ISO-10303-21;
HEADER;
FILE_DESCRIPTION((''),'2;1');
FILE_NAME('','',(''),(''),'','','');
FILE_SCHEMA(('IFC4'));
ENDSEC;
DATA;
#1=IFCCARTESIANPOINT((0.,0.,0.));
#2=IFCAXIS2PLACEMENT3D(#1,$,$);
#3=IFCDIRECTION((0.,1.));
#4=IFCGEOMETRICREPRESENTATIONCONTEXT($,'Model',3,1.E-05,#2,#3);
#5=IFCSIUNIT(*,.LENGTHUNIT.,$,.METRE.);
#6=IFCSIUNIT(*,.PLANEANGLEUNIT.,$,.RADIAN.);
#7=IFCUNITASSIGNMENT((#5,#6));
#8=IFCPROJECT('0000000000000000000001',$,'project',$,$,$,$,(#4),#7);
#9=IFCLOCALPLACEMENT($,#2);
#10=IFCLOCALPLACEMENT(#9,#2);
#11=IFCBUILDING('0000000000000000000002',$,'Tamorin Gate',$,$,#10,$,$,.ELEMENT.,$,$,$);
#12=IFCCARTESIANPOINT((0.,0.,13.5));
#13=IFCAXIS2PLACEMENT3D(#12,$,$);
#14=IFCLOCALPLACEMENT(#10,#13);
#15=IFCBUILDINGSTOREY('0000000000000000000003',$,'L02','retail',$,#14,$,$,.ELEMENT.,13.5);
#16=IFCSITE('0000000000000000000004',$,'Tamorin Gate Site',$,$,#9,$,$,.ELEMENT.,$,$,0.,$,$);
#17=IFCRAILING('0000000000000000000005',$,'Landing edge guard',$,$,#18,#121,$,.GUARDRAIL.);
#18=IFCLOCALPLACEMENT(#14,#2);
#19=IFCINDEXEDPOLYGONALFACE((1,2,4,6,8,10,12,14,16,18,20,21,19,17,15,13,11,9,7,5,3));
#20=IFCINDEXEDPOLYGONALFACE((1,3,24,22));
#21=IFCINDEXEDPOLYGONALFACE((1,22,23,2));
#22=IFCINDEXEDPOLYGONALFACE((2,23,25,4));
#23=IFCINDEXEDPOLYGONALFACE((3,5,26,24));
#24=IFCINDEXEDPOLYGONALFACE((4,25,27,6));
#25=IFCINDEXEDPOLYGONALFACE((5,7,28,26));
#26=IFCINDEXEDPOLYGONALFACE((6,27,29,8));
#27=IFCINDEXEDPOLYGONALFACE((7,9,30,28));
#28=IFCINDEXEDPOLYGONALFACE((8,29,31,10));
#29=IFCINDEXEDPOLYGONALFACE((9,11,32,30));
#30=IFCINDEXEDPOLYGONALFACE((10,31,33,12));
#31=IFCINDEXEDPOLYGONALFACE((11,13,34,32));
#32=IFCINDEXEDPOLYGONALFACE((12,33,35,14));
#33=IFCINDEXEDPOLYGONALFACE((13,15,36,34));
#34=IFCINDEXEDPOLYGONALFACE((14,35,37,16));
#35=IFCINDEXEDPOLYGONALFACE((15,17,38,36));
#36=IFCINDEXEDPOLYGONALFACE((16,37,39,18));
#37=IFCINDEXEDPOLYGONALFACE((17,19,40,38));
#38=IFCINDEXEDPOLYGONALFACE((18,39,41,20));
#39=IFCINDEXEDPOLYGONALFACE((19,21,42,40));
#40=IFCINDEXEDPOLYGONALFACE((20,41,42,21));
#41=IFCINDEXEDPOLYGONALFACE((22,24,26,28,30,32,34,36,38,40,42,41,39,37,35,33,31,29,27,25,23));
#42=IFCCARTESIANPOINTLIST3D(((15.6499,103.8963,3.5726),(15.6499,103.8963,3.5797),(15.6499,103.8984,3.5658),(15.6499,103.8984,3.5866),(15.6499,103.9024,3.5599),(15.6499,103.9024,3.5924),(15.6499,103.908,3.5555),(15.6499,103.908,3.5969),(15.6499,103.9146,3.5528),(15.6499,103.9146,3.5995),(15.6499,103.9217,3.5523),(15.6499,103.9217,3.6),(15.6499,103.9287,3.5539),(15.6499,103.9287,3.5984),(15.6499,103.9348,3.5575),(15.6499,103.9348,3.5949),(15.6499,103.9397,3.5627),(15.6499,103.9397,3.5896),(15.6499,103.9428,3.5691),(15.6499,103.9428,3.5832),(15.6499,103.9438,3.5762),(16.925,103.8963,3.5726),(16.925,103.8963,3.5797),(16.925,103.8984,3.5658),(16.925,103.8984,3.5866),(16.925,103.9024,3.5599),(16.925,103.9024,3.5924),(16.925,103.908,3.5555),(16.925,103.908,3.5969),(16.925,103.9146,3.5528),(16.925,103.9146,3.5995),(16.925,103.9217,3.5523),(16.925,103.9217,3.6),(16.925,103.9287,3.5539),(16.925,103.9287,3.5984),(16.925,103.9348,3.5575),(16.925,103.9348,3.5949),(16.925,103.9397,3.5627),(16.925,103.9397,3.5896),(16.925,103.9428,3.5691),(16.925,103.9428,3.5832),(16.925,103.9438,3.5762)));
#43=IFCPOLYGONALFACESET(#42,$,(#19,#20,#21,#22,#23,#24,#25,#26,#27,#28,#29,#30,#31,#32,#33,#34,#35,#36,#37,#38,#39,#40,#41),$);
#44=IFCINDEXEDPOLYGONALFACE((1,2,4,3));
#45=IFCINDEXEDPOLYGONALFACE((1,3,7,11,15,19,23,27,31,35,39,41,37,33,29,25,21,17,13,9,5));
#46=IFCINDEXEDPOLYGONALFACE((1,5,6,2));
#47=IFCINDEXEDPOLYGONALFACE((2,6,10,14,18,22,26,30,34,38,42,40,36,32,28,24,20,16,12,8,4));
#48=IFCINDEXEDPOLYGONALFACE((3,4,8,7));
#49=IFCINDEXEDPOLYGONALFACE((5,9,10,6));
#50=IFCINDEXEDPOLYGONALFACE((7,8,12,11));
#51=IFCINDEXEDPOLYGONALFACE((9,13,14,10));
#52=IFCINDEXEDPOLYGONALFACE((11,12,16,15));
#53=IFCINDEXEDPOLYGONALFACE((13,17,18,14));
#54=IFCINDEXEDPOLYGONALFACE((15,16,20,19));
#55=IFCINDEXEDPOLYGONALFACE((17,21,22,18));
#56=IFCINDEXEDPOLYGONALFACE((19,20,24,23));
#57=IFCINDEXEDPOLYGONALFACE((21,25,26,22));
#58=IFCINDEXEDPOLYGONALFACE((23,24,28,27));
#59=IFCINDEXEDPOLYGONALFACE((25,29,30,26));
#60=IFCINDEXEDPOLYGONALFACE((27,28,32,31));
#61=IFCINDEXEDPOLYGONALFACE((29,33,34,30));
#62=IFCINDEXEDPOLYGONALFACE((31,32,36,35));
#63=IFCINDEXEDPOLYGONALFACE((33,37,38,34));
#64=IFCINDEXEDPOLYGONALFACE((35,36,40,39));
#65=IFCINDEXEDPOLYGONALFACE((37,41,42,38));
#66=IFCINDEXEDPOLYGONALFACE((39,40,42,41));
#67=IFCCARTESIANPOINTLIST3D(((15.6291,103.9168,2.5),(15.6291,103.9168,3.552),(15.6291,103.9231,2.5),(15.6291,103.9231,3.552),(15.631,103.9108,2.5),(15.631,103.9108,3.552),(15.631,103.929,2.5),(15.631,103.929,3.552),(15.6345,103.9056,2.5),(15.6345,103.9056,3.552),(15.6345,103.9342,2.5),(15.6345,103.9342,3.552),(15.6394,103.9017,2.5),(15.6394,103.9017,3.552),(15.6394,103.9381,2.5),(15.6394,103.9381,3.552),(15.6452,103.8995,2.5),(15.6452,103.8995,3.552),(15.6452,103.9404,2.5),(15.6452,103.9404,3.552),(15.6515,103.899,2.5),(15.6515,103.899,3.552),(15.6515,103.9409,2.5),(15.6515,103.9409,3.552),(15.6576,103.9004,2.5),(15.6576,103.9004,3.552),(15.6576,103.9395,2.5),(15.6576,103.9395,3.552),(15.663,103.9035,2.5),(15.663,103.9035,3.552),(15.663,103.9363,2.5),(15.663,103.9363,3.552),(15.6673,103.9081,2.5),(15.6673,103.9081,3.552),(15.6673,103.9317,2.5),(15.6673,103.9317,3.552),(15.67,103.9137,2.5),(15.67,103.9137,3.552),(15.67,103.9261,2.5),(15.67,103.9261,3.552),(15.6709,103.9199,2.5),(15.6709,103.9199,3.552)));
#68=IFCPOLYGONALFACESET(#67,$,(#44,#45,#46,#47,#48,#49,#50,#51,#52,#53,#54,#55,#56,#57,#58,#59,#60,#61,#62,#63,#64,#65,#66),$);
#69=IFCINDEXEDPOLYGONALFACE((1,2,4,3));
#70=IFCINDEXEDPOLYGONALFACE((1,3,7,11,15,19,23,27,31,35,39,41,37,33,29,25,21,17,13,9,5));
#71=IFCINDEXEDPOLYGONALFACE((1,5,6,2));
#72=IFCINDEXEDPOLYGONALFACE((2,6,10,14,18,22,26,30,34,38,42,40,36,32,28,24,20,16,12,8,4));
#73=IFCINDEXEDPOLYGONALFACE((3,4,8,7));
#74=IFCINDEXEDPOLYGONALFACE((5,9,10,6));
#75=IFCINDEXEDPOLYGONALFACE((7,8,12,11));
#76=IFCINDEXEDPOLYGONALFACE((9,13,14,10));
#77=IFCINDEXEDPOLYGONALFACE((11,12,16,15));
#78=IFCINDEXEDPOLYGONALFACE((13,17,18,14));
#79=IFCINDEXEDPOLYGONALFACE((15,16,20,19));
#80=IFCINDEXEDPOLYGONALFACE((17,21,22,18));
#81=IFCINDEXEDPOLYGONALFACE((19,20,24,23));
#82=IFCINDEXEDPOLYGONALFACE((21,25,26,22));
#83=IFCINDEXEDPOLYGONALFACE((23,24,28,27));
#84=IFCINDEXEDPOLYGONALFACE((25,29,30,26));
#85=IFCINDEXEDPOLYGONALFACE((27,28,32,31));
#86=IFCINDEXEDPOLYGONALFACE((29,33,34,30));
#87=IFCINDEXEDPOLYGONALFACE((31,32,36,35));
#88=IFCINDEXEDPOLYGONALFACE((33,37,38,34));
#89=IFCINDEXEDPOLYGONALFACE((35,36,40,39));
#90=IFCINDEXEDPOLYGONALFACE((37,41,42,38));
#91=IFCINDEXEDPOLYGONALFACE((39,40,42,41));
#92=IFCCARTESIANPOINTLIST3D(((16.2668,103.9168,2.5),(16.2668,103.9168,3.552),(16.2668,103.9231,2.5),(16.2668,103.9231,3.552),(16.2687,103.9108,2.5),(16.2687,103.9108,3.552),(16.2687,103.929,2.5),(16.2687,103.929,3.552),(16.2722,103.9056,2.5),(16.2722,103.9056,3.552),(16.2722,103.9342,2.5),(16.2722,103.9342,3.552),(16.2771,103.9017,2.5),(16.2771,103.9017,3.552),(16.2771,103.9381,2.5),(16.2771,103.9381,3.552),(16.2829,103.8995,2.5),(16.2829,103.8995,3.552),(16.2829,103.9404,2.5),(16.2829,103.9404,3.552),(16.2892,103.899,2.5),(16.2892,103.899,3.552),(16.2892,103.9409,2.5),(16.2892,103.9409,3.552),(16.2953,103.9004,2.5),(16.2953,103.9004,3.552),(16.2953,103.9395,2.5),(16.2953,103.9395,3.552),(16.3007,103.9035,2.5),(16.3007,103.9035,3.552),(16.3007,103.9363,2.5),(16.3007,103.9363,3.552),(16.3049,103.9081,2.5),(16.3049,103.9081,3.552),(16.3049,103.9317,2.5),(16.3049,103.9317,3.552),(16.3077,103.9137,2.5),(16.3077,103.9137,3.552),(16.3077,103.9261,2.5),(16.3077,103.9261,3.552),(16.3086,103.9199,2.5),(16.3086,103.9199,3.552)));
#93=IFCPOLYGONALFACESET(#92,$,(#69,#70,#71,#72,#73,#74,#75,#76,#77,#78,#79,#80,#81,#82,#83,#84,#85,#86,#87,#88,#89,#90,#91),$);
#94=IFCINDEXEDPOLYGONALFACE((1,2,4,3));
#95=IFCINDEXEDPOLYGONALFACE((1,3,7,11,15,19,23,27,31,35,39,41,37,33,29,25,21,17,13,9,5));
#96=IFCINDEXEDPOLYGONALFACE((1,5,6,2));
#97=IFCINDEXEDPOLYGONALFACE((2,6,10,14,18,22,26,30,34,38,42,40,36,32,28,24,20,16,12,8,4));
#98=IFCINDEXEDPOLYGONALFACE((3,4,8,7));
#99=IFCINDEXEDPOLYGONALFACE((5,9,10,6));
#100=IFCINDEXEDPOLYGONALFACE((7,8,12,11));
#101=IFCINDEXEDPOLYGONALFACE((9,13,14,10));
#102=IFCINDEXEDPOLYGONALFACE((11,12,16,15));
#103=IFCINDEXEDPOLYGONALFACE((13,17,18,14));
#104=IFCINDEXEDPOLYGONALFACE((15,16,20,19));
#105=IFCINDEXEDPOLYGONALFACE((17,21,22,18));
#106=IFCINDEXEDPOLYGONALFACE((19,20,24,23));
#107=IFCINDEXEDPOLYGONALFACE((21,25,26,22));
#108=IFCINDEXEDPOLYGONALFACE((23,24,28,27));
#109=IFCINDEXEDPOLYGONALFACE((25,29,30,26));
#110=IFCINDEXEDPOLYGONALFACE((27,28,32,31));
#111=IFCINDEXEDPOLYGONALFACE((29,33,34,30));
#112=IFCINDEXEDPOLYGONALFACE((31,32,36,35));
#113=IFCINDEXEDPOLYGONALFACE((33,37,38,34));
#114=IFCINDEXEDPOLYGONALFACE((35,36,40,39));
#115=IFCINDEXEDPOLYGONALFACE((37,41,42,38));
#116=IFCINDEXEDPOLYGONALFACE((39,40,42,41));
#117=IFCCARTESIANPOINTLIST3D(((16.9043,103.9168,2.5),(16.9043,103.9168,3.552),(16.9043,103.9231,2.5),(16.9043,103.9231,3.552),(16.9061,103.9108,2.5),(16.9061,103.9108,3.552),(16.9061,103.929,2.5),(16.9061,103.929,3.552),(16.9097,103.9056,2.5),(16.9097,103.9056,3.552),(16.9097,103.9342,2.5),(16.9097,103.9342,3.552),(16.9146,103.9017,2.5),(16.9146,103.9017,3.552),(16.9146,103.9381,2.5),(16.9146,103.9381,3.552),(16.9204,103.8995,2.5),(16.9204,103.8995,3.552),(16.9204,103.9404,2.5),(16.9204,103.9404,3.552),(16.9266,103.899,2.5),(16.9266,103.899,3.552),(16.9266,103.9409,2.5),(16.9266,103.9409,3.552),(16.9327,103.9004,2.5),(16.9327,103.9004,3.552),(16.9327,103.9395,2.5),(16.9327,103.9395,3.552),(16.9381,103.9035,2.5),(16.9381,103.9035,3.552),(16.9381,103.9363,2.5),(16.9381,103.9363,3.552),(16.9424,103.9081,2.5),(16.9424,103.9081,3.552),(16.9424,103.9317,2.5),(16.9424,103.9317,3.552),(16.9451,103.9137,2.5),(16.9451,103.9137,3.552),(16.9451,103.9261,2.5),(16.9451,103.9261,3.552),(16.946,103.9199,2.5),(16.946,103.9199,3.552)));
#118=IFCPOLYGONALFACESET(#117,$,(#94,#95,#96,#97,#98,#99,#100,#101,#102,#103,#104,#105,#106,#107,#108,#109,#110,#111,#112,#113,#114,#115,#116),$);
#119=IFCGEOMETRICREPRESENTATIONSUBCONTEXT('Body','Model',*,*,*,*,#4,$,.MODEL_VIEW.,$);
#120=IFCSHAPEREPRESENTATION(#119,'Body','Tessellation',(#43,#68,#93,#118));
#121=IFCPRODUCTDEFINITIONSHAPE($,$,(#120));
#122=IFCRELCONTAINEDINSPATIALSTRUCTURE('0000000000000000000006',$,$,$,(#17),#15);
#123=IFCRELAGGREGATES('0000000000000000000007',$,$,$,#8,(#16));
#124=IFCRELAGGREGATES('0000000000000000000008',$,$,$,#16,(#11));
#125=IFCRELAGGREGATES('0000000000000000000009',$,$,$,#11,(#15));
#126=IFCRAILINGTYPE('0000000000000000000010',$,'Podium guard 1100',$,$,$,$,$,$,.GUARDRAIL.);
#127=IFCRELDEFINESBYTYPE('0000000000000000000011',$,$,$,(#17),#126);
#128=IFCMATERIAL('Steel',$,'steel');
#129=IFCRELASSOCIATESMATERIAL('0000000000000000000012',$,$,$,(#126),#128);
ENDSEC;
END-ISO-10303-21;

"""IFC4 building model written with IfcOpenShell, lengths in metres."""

from ifc_helpers import new_model, si_unit, direction, frame, origin, origin_2d, place, context, subcontext, project, spatial, circle, extrude, material, type_object, element, save


model = new_model("IFC4")

# Units and contexts
model_context = context("Model", 3, precision=1e-05, world=origin(), true_north=direction((0.0, 1.0)))
body_context = subcontext(model_context, "Body", "Model", "MODEL_VIEW")
ifc_project = project(units=[si_unit("LENGTHUNIT", "METRE"), si_unit("PLANEANGLEUNIT", "RADIAN")], contexts=[model_context])

# Site, building, storey
site_placement = place(None, origin())
site = spatial("IfcSite", under=ifc_project, at=site_placement, Name="Tamorin Gate Site", CompositionType="ELEMENT", RefElevation=0.0)
building_placement = place(site_placement, origin())
building = spatial("IfcBuilding", under=site, at=building_placement, Name="Tamorin Gate", CompositionType="ELEMENT")
storey_placement = place(building_placement, frame((0.0, 0.0, 13.5)))
storey = spatial("IfcBuildingStorey", under=building, at=storey_placement, Name="L02", Description="retail", CompositionType="ELEMENT", Elevation=13.5)

# Railing
ifc_material_1 = material(Name="Steel", Category="steel")
railing_type_1 = type_object("IfcRailingType", Name="Podium guard 1100", PredefinedType="GUARDRAIL", material=ifc_material_1)
railing_1_placement = place(storey_placement, frame((15.6499, 103.9199, 2.5)))
element("IfcRailing", 1, at=railing_1_placement, inside=storey, type_object=railing_type_1, Name="Landing edge guard", PredefinedType="GUARDRAIL", context=body_context, shape_type="SweptSolid", body=[
    extrude(circle(Radius=0.0239, at=origin_2d()), frame((0.0, 0.0, 1.0762), z_axis=(1.0, 0.0, 0.0), x_axis=(0.0, 1.0, 0.0)), (0.0, 0.0, 1.0), 1.2751),
    extrude(circle(Radius=0.021, at=origin_2d()), origin(), (0.0, 0.0, 1.0), 1.052),
    extrude(circle(Radius=0.021, at=origin_2d()), frame((0.6377, 0.0, 0.0)), (0.0, 0.0, 1.0), 1.052),
    extrude(circle(Radius=0.021, at=origin_2d()), frame((1.2751, 0.0, 0.0)), (0.0, 0.0, 1.0), 1.052),
])

save(model, "model.ifc")
